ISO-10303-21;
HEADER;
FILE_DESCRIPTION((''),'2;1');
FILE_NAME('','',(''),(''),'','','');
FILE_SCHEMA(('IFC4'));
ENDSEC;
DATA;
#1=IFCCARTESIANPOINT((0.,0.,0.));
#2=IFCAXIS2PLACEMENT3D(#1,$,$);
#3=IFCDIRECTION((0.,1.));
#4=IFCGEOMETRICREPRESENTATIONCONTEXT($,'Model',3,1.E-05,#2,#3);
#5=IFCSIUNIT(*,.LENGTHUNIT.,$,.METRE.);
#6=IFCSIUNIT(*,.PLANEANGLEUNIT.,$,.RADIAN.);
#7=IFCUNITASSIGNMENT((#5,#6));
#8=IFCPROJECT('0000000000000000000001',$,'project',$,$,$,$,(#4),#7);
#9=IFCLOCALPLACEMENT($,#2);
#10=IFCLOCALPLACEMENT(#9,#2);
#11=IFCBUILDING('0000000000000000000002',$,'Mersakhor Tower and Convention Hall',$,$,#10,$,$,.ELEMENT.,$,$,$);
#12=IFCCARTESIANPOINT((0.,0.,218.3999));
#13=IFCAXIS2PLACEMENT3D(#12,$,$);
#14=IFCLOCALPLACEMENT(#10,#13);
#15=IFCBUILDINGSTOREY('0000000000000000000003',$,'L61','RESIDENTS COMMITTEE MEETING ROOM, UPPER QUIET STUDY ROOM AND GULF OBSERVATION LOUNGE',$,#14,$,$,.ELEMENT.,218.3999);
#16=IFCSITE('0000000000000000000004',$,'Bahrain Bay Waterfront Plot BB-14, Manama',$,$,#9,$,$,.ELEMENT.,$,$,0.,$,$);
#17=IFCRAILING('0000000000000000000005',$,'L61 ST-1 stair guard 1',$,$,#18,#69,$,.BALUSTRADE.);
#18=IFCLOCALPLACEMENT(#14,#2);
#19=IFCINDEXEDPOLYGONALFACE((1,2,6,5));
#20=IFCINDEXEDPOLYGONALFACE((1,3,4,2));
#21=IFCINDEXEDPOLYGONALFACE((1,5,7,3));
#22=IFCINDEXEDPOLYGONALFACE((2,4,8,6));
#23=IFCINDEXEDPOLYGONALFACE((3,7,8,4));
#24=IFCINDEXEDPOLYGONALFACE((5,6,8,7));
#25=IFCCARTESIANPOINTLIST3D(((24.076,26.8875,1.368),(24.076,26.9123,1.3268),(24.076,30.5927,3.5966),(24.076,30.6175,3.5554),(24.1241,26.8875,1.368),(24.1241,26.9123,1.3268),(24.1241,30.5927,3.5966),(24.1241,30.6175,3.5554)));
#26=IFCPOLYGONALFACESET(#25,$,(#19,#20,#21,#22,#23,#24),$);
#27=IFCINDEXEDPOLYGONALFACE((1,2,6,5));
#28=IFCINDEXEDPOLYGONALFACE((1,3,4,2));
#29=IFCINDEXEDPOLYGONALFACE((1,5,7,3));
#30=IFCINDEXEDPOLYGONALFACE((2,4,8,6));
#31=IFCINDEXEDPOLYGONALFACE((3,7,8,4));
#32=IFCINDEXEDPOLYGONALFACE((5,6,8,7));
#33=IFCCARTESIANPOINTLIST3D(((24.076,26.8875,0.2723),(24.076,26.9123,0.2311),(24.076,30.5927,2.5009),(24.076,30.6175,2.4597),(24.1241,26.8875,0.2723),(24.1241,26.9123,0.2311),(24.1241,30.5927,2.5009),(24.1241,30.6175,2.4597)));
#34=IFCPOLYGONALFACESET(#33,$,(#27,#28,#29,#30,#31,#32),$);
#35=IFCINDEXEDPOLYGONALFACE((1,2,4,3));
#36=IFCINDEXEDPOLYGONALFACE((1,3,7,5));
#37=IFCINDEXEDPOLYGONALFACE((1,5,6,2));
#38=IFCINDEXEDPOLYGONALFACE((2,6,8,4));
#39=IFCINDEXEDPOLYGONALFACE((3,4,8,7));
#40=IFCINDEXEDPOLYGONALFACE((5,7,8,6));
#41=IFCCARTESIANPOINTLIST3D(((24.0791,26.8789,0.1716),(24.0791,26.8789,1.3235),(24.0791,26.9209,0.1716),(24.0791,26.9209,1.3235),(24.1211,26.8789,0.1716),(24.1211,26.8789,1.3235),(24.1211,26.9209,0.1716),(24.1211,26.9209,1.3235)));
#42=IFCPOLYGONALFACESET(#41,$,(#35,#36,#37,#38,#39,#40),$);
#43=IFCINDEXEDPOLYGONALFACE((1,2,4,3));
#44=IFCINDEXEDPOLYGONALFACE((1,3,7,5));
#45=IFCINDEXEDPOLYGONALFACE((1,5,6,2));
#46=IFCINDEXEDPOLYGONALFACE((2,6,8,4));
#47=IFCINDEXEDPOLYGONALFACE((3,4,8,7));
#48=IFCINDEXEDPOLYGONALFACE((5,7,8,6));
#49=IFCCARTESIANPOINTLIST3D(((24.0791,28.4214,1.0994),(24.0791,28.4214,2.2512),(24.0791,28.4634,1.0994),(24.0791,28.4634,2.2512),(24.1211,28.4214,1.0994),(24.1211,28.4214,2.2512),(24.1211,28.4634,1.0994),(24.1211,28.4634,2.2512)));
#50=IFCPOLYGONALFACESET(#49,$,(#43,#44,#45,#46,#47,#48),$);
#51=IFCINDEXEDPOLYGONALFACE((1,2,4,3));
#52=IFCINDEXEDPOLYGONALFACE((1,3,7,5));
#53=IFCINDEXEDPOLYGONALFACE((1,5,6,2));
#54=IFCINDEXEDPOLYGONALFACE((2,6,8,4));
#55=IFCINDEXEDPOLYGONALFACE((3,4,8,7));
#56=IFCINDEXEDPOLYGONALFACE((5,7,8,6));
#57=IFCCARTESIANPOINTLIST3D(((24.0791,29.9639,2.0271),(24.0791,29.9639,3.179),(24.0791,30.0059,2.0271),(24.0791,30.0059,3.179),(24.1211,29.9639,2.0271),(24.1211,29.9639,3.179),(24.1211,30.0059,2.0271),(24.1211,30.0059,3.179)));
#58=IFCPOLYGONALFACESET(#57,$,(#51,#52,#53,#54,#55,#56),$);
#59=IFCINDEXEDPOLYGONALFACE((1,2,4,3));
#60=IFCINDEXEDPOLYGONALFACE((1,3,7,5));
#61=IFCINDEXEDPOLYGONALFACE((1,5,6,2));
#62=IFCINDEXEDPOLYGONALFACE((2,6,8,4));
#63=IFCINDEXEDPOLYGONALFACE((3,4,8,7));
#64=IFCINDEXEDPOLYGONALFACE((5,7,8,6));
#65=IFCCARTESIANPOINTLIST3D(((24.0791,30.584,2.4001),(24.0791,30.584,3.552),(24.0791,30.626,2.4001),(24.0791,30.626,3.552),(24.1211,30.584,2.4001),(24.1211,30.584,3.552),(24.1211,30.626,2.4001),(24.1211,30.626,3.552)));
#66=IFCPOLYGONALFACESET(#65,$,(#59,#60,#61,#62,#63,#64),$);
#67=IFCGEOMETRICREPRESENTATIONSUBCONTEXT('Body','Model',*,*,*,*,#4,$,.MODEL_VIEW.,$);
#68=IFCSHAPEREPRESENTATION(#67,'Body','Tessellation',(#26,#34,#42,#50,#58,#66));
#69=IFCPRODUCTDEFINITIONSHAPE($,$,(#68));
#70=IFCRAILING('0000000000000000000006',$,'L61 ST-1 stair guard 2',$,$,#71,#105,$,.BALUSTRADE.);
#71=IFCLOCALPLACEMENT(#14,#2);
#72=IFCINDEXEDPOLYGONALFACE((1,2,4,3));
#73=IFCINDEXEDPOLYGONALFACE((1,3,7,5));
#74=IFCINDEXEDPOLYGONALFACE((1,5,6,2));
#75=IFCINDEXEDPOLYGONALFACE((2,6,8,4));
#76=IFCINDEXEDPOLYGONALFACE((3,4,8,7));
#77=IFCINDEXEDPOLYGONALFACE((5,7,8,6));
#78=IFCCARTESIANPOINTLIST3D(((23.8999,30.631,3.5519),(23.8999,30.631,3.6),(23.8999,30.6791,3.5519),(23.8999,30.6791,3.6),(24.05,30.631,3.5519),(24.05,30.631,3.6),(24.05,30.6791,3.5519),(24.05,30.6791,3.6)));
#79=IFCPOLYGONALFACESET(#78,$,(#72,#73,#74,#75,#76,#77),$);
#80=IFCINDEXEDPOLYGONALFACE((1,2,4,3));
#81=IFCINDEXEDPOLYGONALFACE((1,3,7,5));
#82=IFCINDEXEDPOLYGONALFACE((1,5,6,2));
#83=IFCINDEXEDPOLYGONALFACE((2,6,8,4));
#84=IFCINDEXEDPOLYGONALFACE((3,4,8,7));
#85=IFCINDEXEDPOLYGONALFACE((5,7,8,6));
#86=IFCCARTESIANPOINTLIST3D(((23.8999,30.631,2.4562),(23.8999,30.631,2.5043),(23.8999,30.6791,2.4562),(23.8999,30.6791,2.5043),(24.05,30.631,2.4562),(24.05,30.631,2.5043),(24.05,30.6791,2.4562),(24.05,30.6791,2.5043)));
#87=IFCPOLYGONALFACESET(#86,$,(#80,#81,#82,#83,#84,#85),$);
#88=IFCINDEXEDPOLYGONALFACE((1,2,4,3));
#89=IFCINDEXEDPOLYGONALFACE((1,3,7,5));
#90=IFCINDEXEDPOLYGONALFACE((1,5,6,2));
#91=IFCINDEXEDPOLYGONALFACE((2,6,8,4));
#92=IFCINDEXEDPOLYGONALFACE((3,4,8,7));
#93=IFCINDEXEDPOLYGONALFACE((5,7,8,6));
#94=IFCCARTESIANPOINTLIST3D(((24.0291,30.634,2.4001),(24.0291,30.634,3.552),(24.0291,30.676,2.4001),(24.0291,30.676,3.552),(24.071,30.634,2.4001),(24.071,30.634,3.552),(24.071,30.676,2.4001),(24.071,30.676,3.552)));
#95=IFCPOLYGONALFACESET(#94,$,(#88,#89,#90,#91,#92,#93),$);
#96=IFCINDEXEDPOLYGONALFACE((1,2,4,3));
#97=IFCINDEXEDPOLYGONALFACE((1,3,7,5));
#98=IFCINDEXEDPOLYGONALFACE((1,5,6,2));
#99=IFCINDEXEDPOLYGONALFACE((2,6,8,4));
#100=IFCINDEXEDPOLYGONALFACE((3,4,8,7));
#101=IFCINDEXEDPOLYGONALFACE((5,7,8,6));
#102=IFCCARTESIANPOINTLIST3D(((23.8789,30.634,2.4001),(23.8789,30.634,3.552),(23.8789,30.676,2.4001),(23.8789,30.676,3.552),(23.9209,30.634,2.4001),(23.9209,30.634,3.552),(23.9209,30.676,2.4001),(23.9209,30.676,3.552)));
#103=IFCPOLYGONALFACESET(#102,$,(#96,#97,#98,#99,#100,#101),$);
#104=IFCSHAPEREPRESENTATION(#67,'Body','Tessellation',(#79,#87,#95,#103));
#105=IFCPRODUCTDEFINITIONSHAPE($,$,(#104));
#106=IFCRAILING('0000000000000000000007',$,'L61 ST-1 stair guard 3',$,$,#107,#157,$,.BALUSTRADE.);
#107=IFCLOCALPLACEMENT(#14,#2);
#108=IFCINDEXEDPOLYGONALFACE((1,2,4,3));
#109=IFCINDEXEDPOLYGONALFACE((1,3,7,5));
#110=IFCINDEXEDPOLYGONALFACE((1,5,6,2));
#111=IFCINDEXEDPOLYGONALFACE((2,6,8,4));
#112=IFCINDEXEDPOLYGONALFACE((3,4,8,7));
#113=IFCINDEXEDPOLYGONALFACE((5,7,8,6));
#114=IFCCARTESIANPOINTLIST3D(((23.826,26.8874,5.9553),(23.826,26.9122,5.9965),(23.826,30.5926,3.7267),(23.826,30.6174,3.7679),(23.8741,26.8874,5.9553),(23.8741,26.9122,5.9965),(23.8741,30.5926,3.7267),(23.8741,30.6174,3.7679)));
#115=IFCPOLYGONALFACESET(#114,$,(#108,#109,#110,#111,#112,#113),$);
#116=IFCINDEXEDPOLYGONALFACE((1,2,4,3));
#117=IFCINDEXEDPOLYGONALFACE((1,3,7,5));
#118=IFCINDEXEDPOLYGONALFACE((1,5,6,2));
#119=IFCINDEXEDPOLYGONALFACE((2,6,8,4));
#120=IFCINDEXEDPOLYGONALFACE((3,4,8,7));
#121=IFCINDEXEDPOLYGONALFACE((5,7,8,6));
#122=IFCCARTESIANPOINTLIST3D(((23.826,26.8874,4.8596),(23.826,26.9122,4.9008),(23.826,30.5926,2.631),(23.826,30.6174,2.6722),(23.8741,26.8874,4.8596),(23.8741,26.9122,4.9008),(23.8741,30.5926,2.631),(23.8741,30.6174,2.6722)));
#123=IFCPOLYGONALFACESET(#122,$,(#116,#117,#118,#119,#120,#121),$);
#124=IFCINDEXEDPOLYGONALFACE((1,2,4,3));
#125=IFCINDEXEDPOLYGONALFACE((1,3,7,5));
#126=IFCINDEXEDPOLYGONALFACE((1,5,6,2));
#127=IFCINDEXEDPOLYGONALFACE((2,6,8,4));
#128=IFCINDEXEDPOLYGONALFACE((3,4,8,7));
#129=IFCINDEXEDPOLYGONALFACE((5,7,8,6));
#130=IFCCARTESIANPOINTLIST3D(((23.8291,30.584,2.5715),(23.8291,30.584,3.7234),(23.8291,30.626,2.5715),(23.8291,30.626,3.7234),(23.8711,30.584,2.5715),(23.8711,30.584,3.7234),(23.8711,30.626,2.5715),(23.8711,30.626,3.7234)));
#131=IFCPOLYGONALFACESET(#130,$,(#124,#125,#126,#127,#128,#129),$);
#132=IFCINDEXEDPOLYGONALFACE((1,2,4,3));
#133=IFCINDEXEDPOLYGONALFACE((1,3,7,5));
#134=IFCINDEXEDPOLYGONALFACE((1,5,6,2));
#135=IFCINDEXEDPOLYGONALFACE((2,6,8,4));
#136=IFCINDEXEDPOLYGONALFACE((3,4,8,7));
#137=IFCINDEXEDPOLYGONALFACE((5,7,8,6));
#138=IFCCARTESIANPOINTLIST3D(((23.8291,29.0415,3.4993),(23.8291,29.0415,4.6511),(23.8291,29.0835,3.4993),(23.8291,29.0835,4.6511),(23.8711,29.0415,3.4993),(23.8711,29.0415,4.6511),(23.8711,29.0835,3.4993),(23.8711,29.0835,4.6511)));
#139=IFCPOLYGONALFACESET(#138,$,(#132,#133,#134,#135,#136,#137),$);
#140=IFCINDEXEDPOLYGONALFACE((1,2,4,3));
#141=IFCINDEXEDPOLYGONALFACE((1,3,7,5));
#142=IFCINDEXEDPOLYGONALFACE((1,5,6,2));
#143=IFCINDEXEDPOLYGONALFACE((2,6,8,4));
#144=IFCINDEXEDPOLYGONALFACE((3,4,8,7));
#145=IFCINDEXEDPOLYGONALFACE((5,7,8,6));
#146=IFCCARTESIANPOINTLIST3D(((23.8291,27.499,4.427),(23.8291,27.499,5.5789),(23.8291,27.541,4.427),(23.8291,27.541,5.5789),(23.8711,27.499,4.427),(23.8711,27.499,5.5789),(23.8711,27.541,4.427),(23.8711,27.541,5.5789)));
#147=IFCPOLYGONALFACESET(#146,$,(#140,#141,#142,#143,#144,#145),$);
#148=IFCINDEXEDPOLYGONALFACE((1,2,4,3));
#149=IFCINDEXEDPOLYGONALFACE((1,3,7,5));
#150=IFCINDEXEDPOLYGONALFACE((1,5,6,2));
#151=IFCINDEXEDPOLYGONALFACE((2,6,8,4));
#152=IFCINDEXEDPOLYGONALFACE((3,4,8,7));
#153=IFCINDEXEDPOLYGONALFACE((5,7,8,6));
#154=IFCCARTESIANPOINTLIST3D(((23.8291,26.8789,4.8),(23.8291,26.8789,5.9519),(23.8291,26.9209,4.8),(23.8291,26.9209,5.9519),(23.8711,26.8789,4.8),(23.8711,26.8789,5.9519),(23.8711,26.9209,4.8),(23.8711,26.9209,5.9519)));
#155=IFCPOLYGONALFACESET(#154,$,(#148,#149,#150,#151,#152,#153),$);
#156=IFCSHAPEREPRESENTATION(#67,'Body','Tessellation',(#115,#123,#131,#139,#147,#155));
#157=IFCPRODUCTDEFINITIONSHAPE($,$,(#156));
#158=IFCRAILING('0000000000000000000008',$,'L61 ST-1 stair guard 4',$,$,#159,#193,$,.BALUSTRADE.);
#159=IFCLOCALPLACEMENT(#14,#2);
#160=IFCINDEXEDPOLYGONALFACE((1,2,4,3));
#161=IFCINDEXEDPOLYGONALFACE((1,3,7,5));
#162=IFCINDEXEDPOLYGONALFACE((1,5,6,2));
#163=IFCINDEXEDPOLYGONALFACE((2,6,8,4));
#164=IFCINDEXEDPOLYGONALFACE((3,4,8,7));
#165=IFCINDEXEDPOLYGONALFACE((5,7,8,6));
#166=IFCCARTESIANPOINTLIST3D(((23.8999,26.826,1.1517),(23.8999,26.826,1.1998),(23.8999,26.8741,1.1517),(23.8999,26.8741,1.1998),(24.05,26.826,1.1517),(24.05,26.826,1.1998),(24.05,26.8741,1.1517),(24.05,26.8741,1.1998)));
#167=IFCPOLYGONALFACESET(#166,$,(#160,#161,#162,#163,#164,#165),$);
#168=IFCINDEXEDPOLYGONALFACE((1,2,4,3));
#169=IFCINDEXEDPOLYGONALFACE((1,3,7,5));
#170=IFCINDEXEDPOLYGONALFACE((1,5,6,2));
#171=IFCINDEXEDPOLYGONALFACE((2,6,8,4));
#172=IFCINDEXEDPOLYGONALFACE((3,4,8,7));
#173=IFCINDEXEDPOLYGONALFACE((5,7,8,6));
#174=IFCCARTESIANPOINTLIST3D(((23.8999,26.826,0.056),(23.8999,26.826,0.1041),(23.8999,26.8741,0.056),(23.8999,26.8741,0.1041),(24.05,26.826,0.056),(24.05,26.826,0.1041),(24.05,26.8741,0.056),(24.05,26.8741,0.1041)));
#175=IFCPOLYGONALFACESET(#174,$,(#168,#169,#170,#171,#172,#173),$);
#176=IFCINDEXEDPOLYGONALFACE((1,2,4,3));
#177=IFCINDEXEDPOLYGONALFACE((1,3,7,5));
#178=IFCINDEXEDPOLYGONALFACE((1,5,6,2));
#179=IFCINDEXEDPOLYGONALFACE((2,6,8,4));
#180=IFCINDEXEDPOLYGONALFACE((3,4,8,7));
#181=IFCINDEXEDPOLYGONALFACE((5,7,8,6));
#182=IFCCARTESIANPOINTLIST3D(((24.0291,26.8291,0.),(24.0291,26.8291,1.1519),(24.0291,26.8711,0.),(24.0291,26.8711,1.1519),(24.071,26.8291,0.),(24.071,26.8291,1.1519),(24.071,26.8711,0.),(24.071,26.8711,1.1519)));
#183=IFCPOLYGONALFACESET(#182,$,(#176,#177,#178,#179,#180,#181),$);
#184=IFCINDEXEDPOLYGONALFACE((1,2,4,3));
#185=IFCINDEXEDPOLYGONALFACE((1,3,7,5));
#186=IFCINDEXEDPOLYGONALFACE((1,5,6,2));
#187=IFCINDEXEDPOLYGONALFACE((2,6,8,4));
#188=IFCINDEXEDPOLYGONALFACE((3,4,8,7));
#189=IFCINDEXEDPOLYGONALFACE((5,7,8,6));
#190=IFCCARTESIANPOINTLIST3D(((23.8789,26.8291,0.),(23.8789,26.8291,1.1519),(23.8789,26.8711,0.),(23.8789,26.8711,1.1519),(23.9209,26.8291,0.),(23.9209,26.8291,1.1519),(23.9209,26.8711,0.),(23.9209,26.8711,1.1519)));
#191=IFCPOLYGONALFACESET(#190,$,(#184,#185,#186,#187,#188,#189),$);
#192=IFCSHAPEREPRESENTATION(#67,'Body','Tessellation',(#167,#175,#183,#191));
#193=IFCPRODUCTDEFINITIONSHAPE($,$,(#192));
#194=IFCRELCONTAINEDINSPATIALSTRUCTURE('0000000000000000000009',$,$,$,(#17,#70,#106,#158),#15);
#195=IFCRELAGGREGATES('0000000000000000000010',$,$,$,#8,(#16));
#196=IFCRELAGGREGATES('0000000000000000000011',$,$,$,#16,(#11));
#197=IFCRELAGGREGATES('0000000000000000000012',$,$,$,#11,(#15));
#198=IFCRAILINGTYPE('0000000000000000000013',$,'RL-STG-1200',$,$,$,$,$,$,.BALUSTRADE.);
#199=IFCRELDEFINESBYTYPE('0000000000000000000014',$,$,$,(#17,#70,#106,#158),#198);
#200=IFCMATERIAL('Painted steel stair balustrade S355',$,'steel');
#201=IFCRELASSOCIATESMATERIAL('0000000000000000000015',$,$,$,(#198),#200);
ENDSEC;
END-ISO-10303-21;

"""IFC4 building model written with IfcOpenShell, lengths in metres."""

from ifc_helpers import new_model, si_unit, direction, frame, origin, origin_2d, place, context, subcontext, project, spatial, rectangle, extrude, material, type_object, element, save


model = new_model("IFC4")

# Units and contexts
model_context = context("Model", 3, precision=1e-05, world=origin(), true_north=direction((0.0, 1.0)))
body_context = subcontext(model_context, "Body", "Model", "MODEL_VIEW")
ifc_project = project(units=[si_unit("LENGTHUNIT", "METRE"), si_unit("PLANEANGLEUNIT", "RADIAN")], contexts=[model_context])

# Site, building, storey
site_placement = place(None, origin())
site = spatial("IfcSite", under=ifc_project, at=site_placement, Name="Bahrain Bay Waterfront Plot BB-14, Manama", CompositionType="ELEMENT", RefElevation=0.0)
building_placement = place(site_placement, origin())
building = spatial("IfcBuilding", under=site, at=building_placement, Name="Mersakhor Tower and Convention Hall", CompositionType="ELEMENT")
storey_placement = place(building_placement, frame((0.0, 0.0, 218.3999)))
storey = spatial("IfcBuildingStorey", under=building, at=storey_placement, Name="L61", Description="RESIDENTS COMMITTEE MEETING ROOM, UPPER QUIET STUDY ROOM AND GULF OBSERVATION LOUNGE", CompositionType="ELEMENT", Elevation=218.3999)

# Railings
ifc_material_1 = material(Name="Painted steel stair balustrade S355", Category="steel")
railing_type_1 = type_object("IfcRailingType", Name="RL-STG-1200", PredefinedType="BALUSTRADE", material=ifc_material_1)
railing_1_placement = place(storey_placement, frame((24.1001, 26.8999, 0.1716)))
element("IfcRailing", 1, at=railing_1_placement, inside=storey, type_object=railing_type_1, Name="L61 ST-1 stair guard 1", PredefinedType="BALUSTRADE", context=body_context, shape_type="SweptSolid", body=[
    extrude(rectangle(XDim=0.0481, YDim=0.0481, at=origin_2d()), frame((0.0, 0.0, 1.1758), z_axis=(0.0, 0.856934, 0.515425), x_axis=(-1.0, 0.0, 0.0)), (0.0, 0.0, 1.0), 4.3237),
    extrude(rectangle(XDim=0.0481, YDim=0.0481, at=origin_2d()), frame((0.0, 0.0, 0.0801), z_axis=(0.0, 0.856934, 0.515425), x_axis=(-1.0, 0.0, 0.0)), (0.0, 0.0, 1.0), 4.3237),
    extrude(rectangle(XDim=0.042, YDim=0.042, at=origin_2d()), origin(), (0.0, 0.0, 1.0), 1.1519),
    extrude(rectangle(XDim=0.042, YDim=0.042, at=origin_2d()), frame((0.0, 1.5425, 0.9277)), (0.0, 0.0, 1.0), 1.1519),
    extrude(rectangle(XDim=0.042, YDim=0.042, at=origin_2d()), frame((0.0, 3.085, 1.8555)), (0.0, 0.0, 1.0), 1.1519),
    extrude(rectangle(XDim=0.042, YDim=0.042, at=origin_2d()), frame((0.0, 3.7051, 2.2285)), (0.0, 0.0, 1.0), 1.1519),
])
railing_2_placement = place(storey_placement, frame((24.05, 30.655, 2.4001)))
element("IfcRailing", 2, at=railing_2_placement, inside=storey, type_object=railing_type_1, Name="L61 ST-1 stair guard 2", PredefinedType="BALUSTRADE", context=body_context, shape_type="SweptSolid", body=[
    extrude(rectangle(XDim=0.0481, YDim=0.0481, at=origin_2d()), frame((0.0, 0.0, 1.1758), z_axis=(-1.0, 0.0, 0.0), x_axis=(0.0, -1.0, 0.0)), (0.0, 0.0, 1.0), 0.1501),
    extrude(rectangle(XDim=0.0481, YDim=0.0481, at=origin_2d()), frame((0.0, 0.0, 0.0801), z_axis=(-1.0, 0.0, 0.0), x_axis=(0.0, -1.0, 0.0)), (0.0, 0.0, 1.0), 0.1501),
    extrude(rectangle(XDim=0.042, YDim=0.042, at=origin_2d()), origin(), (0.0, 0.0, 1.0), 1.1519),
    extrude(rectangle(XDim=0.042, YDim=0.042, at=origin_2d()), frame((-0.1501, 0.0, 0.0)), (0.0, 0.0, 1.0), 1.1519),
])
railing_3_placement = place(storey_placement, frame((23.8501, 30.605, 2.5715)))
element("IfcRailing", 3, at=railing_3_placement, inside=storey, type_object=railing_type_1, Name="L61 ST-1 stair guard 3", PredefinedType="BALUSTRADE", context=body_context, shape_type="SweptSolid", body=[
    extrude(rectangle(XDim=0.0481, YDim=0.0481, at=origin_2d()), frame((0.0, 0.0, 1.1758), z_axis=(0.0, -0.856934, 0.515425), x_axis=(1.0, 0.0, 0.0)), (0.0, 0.0, 1.0), 4.3237),
    extrude(rectangle(XDim=0.0481, YDim=0.0481, at=origin_2d()), frame((0.0, 0.0, 0.0801), z_axis=(0.0, -0.856934, 0.515425), x_axis=(1.0, 0.0, 0.0)), (0.0, 0.0, 1.0), 4.3237),
    extrude(rectangle(XDim=0.042, YDim=0.042, at=origin_2d()), origin(), (0.0, 0.0, 1.0), 1.1519),
    extrude(rectangle(XDim=0.042, YDim=0.042, at=origin_2d()), frame((0.0, -1.5425, 0.9277)), (0.0, 0.0, 1.0), 1.1519),
    extrude(rectangle(XDim=0.042, YDim=0.042, at=origin_2d()), frame((0.0, -3.085, 1.8555)), (0.0, 0.0, 1.0), 1.1519),
    extrude(rectangle(XDim=0.042, YDim=0.042, at=origin_2d()), frame((0.0, -3.7051, 2.2285)), (0.0, 0.0, 1.0), 1.1519),
])
railing_4_placement = place(storey_placement, frame((24.05, 26.8501, 0.0)))
element("IfcRailing", 4, at=railing_4_placement, inside=storey, type_object=railing_type_1, Name="L61 ST-1 stair guard 4", PredefinedType="BALUSTRADE", context=body_context, shape_type="SweptSolid", body=[
    extrude(rectangle(XDim=0.0481, YDim=0.0481, at=origin_2d()), frame((0.0, 0.0, 1.1758), z_axis=(-1.0, 0.0, 0.0), x_axis=(0.0, -1.0, 0.0)), (0.0, 0.0, 1.0), 0.1501),
    extrude(rectangle(XDim=0.0481, YDim=0.0481, at=origin_2d()), frame((0.0, 0.0, 0.0801), z_axis=(-1.0, 0.0, 0.0), x_axis=(0.0, -1.0, 0.0)), (0.0, 0.0, 1.0), 0.1501),
    extrude(rectangle(XDim=0.042, YDim=0.042, at=origin_2d()), origin(), (0.0, 0.0, 1.0), 1.1519),
    extrude(rectangle(XDim=0.042, YDim=0.042, at=origin_2d()), frame((-0.1501, 0.0, 0.0)), (0.0, 0.0, 1.0), 1.1519),
])

save(model, "model.ifc")
